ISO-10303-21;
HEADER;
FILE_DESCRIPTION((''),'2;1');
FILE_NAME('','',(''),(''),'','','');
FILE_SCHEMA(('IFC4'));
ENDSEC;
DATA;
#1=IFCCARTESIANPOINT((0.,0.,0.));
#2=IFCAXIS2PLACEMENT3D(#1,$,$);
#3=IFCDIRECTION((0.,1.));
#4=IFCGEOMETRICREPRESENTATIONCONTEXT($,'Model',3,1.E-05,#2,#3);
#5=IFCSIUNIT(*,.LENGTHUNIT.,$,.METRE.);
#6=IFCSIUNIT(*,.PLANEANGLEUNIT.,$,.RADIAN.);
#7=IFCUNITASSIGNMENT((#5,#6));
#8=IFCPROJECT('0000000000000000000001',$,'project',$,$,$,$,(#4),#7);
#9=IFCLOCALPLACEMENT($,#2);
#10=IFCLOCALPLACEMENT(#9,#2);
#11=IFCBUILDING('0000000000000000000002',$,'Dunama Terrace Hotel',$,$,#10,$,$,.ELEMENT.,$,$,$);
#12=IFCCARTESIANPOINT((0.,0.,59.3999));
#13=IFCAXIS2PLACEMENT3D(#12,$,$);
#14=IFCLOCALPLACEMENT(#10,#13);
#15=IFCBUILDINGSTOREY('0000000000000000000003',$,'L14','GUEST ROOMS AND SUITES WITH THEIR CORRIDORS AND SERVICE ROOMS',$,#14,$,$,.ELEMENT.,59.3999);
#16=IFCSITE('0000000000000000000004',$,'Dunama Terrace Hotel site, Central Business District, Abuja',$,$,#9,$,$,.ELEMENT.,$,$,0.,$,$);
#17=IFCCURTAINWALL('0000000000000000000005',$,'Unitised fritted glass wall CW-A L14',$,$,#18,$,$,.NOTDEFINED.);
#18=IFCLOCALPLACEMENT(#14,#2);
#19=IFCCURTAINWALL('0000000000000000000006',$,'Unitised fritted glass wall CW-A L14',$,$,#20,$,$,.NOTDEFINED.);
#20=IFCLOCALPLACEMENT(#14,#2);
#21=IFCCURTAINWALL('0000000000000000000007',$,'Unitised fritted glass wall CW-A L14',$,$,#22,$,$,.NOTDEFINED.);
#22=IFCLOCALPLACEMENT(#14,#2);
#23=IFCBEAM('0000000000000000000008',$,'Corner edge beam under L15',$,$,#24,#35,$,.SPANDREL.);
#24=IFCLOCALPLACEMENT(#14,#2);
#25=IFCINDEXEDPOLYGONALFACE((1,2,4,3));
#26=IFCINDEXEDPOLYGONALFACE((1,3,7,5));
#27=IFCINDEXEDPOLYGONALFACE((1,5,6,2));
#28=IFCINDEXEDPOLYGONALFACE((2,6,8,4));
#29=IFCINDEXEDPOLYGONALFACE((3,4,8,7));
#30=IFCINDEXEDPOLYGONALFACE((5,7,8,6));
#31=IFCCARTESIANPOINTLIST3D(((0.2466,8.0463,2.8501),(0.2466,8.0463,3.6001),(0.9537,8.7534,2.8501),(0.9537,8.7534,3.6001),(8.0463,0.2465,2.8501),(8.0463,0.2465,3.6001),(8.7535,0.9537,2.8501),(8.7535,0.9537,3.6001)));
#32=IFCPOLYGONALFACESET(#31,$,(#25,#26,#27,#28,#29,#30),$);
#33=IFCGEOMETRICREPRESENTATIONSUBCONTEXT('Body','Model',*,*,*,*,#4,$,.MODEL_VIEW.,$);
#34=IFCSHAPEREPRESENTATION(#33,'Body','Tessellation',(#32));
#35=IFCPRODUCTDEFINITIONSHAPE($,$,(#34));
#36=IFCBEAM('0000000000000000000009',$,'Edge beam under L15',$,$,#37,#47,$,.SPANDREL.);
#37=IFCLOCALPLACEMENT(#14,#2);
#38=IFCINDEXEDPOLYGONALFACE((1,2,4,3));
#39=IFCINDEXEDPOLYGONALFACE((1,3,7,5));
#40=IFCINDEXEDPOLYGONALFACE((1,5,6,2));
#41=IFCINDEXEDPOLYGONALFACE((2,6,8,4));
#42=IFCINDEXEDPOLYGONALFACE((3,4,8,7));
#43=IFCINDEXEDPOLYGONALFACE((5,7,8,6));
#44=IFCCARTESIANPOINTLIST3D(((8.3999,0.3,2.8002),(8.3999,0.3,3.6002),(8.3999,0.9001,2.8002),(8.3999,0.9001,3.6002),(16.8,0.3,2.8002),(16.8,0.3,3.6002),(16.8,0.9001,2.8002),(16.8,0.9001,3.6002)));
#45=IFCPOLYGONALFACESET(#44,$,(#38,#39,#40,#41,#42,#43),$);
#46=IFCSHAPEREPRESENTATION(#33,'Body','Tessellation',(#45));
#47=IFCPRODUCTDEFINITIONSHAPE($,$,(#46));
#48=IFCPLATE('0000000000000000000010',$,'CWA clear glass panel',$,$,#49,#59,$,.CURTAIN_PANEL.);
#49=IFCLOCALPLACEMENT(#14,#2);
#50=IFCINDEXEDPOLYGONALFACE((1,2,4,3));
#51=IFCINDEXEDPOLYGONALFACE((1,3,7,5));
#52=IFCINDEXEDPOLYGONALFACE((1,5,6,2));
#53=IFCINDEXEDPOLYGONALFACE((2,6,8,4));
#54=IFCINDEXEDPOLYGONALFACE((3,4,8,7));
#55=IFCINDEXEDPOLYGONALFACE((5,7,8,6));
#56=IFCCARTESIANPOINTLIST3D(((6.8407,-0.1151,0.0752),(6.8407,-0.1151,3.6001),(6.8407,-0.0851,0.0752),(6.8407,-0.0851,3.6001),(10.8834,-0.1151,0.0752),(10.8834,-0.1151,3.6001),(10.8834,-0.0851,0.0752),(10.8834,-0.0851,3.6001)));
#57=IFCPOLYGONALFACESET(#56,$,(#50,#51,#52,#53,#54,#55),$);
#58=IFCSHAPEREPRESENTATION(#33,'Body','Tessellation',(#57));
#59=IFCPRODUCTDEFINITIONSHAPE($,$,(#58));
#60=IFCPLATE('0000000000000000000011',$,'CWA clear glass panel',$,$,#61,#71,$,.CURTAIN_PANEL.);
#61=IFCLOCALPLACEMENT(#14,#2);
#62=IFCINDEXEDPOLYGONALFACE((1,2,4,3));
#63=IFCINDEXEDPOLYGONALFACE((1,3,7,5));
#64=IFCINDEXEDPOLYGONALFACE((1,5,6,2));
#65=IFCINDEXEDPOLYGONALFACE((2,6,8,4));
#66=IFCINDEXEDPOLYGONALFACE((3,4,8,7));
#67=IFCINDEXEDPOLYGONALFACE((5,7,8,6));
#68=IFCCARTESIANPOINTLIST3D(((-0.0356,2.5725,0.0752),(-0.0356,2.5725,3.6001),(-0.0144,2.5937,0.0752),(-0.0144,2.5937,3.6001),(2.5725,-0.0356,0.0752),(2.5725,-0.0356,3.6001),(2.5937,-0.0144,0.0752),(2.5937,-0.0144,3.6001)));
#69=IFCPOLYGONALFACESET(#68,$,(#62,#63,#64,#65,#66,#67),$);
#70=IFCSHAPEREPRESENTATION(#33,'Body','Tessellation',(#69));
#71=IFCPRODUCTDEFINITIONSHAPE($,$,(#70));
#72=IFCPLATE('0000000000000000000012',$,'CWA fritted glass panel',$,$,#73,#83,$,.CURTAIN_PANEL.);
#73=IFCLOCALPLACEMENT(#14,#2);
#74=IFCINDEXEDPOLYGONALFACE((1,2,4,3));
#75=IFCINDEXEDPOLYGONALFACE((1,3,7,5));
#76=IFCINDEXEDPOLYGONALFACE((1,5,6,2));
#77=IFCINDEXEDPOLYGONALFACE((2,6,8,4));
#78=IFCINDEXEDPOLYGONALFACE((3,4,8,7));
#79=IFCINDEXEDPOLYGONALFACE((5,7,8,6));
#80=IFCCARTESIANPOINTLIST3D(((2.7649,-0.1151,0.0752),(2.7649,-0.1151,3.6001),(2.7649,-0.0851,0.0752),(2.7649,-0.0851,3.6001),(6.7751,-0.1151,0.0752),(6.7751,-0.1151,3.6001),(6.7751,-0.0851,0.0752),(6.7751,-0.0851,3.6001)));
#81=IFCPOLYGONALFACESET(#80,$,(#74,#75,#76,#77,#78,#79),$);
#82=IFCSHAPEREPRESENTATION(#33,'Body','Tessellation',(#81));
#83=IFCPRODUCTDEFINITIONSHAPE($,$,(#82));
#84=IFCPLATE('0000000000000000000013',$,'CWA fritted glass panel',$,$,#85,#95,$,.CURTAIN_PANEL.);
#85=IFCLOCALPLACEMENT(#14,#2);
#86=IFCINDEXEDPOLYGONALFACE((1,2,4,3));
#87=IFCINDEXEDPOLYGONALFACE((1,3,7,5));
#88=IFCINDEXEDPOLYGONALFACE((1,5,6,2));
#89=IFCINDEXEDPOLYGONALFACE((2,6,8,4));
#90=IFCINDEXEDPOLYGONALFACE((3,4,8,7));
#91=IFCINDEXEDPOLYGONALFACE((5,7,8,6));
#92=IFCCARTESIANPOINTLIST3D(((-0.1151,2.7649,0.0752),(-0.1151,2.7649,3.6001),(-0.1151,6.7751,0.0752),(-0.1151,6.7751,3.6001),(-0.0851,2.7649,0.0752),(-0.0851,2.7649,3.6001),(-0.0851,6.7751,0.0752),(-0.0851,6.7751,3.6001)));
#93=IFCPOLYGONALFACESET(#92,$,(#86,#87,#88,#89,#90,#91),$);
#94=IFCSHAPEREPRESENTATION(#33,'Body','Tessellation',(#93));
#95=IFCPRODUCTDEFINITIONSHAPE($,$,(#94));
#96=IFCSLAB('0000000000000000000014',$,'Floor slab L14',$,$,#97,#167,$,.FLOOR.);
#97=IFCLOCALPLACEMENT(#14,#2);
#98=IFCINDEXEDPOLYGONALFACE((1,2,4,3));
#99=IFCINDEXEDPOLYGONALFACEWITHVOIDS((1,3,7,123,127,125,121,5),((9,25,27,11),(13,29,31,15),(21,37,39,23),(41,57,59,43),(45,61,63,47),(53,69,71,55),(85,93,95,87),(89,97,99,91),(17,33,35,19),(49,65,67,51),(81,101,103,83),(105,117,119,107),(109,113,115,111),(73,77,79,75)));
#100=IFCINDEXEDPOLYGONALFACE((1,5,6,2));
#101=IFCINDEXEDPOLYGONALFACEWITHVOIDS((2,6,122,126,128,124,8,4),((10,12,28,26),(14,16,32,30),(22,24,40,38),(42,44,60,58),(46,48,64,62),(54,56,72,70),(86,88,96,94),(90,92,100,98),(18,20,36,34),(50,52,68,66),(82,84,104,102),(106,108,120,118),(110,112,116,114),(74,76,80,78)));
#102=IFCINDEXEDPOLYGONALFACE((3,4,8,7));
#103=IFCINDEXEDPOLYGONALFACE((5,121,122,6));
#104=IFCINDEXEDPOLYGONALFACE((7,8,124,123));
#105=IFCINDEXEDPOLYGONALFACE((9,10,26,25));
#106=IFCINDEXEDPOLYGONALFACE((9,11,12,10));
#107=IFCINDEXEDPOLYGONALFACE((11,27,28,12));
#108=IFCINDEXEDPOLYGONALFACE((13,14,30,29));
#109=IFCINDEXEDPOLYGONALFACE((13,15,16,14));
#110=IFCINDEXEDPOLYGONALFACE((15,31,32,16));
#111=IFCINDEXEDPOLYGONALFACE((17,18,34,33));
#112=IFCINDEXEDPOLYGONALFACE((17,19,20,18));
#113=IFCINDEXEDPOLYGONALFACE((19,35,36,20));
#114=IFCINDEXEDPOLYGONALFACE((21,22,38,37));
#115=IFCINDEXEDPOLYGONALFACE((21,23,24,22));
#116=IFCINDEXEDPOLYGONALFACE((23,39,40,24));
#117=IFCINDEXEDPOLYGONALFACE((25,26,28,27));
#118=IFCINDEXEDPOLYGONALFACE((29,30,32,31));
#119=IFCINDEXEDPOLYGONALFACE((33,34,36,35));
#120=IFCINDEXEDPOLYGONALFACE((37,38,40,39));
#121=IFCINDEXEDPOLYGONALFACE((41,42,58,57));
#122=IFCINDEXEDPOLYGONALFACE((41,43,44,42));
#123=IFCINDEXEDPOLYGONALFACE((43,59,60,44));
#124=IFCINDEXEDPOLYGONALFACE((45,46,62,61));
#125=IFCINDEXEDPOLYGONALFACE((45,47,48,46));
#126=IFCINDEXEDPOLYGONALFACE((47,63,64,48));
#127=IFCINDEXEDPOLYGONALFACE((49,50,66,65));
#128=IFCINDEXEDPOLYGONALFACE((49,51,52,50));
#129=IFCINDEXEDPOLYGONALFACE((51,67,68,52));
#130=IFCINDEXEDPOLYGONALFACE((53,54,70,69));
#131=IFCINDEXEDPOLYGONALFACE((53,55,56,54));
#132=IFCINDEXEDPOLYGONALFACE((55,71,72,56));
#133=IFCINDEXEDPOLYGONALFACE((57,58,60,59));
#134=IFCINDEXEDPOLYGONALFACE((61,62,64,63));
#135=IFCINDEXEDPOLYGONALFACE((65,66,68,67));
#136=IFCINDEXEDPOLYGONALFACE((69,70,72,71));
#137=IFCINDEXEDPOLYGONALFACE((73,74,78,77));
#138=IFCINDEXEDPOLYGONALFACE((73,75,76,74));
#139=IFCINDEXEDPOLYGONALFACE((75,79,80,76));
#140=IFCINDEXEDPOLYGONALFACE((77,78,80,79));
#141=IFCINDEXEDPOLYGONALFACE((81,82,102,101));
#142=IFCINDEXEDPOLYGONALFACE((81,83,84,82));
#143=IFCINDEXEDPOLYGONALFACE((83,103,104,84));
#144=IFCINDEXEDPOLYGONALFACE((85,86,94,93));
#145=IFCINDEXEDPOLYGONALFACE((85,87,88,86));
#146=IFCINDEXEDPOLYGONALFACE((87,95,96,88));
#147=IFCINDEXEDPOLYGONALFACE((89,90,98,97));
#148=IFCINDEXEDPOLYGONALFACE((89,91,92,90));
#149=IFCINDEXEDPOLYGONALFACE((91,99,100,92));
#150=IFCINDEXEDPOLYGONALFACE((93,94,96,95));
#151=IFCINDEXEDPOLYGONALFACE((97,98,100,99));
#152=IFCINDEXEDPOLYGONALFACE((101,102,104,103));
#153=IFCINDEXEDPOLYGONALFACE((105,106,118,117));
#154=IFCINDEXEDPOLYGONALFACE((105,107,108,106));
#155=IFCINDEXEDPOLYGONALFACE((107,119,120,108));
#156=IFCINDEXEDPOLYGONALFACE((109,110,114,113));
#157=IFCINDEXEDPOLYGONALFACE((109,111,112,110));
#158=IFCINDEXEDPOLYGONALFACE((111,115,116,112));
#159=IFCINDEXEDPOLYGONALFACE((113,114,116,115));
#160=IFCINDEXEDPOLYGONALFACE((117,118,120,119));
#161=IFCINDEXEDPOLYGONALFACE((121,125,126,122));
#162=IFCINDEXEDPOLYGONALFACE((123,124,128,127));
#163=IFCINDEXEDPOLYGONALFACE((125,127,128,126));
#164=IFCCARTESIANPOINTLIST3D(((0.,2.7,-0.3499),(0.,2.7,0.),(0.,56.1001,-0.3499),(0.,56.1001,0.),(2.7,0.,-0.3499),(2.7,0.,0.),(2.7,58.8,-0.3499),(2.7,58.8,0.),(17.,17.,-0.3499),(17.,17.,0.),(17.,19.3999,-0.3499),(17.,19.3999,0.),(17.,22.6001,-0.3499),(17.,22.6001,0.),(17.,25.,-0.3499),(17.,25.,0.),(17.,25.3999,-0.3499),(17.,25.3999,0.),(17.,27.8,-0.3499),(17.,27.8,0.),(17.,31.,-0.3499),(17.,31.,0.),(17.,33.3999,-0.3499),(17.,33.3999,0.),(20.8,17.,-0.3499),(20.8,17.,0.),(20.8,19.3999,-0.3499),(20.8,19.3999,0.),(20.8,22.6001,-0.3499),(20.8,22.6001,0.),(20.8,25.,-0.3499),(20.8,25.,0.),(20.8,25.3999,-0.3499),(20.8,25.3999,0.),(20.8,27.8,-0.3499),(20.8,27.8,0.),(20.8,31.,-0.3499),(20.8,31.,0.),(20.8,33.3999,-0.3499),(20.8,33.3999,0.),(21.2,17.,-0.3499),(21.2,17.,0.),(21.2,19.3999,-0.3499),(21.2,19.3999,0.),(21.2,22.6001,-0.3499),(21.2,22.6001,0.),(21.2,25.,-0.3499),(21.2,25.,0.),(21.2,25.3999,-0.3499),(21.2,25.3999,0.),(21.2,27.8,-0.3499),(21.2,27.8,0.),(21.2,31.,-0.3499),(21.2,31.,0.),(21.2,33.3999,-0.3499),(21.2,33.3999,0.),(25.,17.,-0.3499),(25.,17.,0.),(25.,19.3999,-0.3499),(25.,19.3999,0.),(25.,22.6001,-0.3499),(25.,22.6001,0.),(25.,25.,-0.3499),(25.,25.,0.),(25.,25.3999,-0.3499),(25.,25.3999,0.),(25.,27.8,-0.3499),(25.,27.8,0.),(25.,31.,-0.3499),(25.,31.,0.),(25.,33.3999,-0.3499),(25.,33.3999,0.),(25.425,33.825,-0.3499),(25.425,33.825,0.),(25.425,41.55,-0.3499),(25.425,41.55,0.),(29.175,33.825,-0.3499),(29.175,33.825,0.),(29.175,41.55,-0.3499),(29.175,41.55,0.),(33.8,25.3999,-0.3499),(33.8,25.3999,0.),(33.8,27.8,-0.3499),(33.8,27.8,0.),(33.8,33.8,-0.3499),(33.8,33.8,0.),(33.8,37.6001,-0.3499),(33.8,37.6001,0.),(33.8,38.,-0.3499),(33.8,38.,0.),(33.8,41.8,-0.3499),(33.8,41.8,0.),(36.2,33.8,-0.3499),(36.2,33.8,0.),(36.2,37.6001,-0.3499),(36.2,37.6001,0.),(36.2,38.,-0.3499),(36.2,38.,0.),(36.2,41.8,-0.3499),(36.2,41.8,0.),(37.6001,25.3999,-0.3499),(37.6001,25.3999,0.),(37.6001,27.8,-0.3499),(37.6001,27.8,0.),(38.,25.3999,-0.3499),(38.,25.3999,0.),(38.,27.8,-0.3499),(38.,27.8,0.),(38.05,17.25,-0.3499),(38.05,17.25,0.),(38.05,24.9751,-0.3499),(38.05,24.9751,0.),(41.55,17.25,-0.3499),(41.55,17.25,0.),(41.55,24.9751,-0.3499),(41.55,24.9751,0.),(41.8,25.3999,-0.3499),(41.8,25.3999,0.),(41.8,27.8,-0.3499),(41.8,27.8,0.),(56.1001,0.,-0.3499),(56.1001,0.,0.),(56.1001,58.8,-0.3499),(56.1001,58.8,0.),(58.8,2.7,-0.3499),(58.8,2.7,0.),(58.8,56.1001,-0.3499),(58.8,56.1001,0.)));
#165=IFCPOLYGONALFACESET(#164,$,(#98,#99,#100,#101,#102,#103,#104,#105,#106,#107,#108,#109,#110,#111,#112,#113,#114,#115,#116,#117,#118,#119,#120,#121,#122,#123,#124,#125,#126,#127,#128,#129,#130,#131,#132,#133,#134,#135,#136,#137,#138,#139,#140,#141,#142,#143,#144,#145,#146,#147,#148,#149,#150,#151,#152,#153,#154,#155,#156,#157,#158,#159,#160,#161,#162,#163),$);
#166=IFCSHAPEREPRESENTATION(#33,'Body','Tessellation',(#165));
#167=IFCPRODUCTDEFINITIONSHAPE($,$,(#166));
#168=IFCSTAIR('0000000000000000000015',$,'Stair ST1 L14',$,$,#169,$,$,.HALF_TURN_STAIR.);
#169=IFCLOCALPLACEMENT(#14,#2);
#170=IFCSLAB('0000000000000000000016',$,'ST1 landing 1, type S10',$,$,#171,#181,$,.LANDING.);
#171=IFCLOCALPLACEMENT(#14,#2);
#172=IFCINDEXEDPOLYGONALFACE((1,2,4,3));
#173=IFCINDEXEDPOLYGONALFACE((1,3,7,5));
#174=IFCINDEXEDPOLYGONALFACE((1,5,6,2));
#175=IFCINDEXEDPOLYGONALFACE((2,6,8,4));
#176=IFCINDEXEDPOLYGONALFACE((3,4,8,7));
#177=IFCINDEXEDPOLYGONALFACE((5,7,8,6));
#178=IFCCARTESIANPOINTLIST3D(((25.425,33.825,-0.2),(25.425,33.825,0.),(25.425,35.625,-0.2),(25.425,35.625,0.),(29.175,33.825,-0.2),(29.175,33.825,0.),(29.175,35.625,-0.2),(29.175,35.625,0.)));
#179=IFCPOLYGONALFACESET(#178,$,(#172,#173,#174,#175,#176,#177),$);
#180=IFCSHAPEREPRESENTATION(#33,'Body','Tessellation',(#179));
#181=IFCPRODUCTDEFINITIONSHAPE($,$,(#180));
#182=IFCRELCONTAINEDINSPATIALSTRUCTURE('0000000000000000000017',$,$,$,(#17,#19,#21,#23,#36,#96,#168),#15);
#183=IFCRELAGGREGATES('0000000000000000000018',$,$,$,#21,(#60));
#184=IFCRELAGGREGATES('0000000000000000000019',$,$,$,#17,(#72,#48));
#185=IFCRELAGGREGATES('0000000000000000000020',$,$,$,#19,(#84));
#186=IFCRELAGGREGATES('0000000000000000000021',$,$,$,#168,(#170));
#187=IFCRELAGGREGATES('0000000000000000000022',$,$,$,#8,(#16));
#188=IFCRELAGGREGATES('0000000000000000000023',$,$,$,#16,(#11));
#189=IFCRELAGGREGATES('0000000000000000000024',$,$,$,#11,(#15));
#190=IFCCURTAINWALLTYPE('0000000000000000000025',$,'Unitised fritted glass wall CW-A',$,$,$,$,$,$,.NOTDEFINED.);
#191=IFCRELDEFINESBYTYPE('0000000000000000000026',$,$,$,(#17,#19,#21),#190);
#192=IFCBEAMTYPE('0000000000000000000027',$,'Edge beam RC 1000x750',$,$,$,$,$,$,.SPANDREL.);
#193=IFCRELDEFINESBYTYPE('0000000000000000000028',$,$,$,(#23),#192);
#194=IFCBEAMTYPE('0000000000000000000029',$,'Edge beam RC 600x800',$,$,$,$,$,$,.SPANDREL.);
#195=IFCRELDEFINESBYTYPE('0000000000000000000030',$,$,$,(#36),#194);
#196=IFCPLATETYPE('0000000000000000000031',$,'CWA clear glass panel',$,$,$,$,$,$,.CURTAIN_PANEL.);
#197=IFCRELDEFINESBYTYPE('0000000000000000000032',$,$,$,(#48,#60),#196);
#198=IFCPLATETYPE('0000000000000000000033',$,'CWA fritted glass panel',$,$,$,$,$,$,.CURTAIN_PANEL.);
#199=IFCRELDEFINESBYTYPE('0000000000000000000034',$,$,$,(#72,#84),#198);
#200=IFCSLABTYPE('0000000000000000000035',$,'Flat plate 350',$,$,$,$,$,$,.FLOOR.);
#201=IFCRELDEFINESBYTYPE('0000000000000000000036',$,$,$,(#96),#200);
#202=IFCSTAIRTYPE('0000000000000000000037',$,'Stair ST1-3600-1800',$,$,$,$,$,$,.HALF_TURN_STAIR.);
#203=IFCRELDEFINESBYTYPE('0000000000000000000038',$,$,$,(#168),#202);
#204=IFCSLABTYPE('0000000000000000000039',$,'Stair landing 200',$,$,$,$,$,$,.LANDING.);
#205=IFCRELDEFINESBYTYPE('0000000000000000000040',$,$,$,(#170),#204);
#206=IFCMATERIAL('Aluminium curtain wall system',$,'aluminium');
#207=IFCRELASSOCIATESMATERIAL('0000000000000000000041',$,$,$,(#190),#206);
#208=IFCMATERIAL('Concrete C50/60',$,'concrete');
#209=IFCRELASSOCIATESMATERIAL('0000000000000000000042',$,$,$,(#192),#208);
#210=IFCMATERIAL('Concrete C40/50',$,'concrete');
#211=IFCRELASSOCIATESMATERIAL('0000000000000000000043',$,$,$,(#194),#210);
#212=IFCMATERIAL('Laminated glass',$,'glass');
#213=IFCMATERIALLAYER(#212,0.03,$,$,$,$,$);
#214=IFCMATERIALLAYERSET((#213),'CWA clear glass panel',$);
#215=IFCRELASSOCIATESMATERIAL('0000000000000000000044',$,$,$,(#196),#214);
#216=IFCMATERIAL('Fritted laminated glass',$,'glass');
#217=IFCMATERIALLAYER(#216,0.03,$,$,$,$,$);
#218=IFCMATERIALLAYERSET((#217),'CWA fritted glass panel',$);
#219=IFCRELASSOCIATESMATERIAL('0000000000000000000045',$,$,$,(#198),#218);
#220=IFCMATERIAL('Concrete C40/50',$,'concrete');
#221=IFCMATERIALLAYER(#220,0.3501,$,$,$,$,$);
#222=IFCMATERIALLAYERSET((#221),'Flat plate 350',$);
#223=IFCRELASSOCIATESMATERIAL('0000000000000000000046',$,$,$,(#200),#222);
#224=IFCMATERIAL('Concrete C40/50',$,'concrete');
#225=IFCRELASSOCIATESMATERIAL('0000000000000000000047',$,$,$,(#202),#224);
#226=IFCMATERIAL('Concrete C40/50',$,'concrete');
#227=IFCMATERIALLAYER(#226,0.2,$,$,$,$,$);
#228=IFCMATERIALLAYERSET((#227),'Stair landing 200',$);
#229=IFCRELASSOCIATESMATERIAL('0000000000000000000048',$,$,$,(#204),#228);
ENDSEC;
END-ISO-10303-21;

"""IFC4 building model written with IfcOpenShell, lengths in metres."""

from ifc_helpers import new_model, si_unit, direction, frame, origin, origin_2d, place, context, subcontext, project, spatial, polyline, rectangle, outline, extrude, material, layer, layer_set, material_profile, profile_set, type_object, element, aggregate, save


model = new_model("IFC4")

# Units and contexts
model_context = context("Model", 3, precision=1e-05, world=origin(), true_north=direction((0.0, 1.0)))
body_context = subcontext(model_context, "Body", "Model", "MODEL_VIEW")
ifc_project = project(units=[si_unit("LENGTHUNIT", "METRE"), si_unit("PLANEANGLEUNIT", "RADIAN")], contexts=[model_context])

# Site, building, storey
site_placement = place(None, origin())
site = spatial("IfcSite", under=ifc_project, at=site_placement, Name="Dunama Terrace Hotel site, Central Business District, Abuja", CompositionType="ELEMENT", RefElevation=0.0)
building_placement = place(site_placement, origin())
building = spatial("IfcBuilding", under=site, at=building_placement, Name="Dunama Terrace Hotel", CompositionType="ELEMENT")
storey_placement = place(building_placement, frame((0.0, 0.0, 59.3999)))
storey = spatial("IfcBuildingStorey", under=building, at=storey_placement, Name="L14", Description="GUEST ROOMS AND SUITES WITH THEIR CORRIDORS AND SERVICE ROOMS", CompositionType="ELEMENT", Elevation=59.3999)

# Curtain walls
ifc_material_1 = material(Name="Aluminium curtain wall system", Category="aluminium")
curtain_wall_type = type_object("IfcCurtainWallType", Name="Unitised fritted glass wall CW-A", PredefinedType="NOTDEFINED", material=ifc_material_1)
curtain_wall_1_placement = place(storey_placement, origin())
curtain_wall_1 = element("IfcCurtainWall", 1, at=curtain_wall_1_placement, inside=storey, type_object=curtain_wall_type, Name="Unitised fritted glass wall CW-A L14", PredefinedType="NOTDEFINED")
curtain_wall_2_placement = place(storey_placement, origin())
curtain_wall_2 = element("IfcCurtainWall", 2, at=curtain_wall_2_placement, inside=storey, type_object=curtain_wall_type, Name="Unitised fritted glass wall CW-A L14", PredefinedType="NOTDEFINED")
curtain_wall_3_placement = place(storey_placement, origin())
curtain_wall_3 = element("IfcCurtainWall", 3, at=curtain_wall_3_placement, inside=storey, type_object=curtain_wall_type, Name="Unitised fritted glass wall CW-A L14", PredefinedType="NOTDEFINED")

# Beams
ifc_material_2 = material(Name="Concrete C50/60", Category="concrete")
ifc_material_profile_1 = material_profile(ifc_material_2, rectangle(XDim=1.0, YDim=0.75, at=origin_2d()), Name="RC 1000x750")
ifc_profile_set_1 = profile_set([ifc_material_profile_1], Name="Concrete C50/60")
beam_type_1 = type_object("IfcBeamType", Name="Edge beam RC 1000x750", PredefinedType="SPANDREL", material=ifc_profile_set_1)
beam_1_placement = place(storey_placement, frame((8.3999, 0.6001, 3.2251), z_axis=(-0.707107, 0.707107, 0.0), x_axis=(-0.707107, -0.707107, 0.0)))
element("IfcBeam", 4, at=beam_1_placement, inside=storey, type_object=beam_type_1, Name="Corner edge beam under L15", PredefinedType="SPANDREL", context=body_context, shape_type="SweptSolid", body=[
    extrude(rectangle(XDim=1.0, YDim=0.75, at=origin_2d()), origin(), (0.0, 0.0, 1.0), 11.0305),
])
ifc_material_3 = material(Name="Concrete C40/50", Category="concrete")
ifc_material_profile_2 = material_profile(ifc_material_3, rectangle(XDim=0.6001, YDim=0.8, at=origin_2d()), Name="RC 600x800")
ifc_profile_set_2 = profile_set([ifc_material_profile_2], Name="Concrete C40/50")
beam_type_2 = type_object("IfcBeamType", Name="Edge beam RC 600x800", PredefinedType="SPANDREL", material=ifc_profile_set_2)
beam_2_placement = place(storey_placement, frame((8.3999, 0.6001, 3.2002), z_axis=(1.0, 0.0, 0.0), x_axis=(0.0, 1.0, 0.0)))
element("IfcBeam", 5, at=beam_2_placement, inside=storey, type_object=beam_type_2, Name="Edge beam under L15", PredefinedType="SPANDREL", context=body_context, shape_type="SweptSolid", body=[
    extrude(rectangle(XDim=0.6001, YDim=0.8, at=origin_2d()), origin(), (0.0, 0.0, 1.0), 8.4001),
])

# Plates
ifc_material_4 = material(Name="Laminated glass", Category="glass")
ifc_layer_1 = layer(ifc_material_4, 0.03)
ifc_layer_set_1 = layer_set([ifc_layer_1], Name="CWA clear glass panel")
plate_type_1 = type_object("IfcPlateType", Name="CWA clear glass panel", PredefinedType="CURTAIN_PANEL", material=ifc_layer_set_1)
plate_1_placement = place(storey_placement, frame((8.8621, -0.1001, 0.0752), z_axis=(0.0, 0.0, 1.0), x_axis=(1.0, 0.0, 0.0)))
plate_1 = element("IfcPlate", 6, at=plate_1_placement, type_object=plate_type_1, Name="CWA clear glass panel", PredefinedType="CURTAIN_PANEL", context=body_context, shape_type="SweptSolid", body=[
    extrude(rectangle(XDim=4.0427, YDim=0.03, at=origin_2d()), origin(), (0.0, 0.0, 1.0), 3.5249),
])
plate_2_placement = place(storey_placement, frame((1.2791, 1.2791, 0.0752), z_axis=(0.0, 0.0, 1.0), x_axis=(0.707107, -0.707107, 0.0)))
plate_2 = element("IfcPlate", 7, at=plate_2_placement, type_object=plate_type_1, Name="CWA clear glass panel", PredefinedType="CURTAIN_PANEL", context=body_context, shape_type="SweptSolid", body=[
    extrude(rectangle(XDim=3.6885, YDim=0.03, at=origin_2d()), origin(), (0.0, 0.0, 1.0), 3.5249),
])
aggregate(curtain_wall_3, [plate_2])
ifc_material_5 = material(Name="Fritted laminated glass", Category="glass")
ifc_layer_2 = layer(ifc_material_5, 0.03)
ifc_layer_set_2 = layer_set([ifc_layer_2], Name="CWA fritted glass panel")
plate_type_2 = type_object("IfcPlateType", Name="CWA fritted glass panel", PredefinedType="CURTAIN_PANEL", material=ifc_layer_set_2)
plate_3_placement = place(storey_placement, frame((4.77, -0.1001, 0.0752), z_axis=(0.0, 0.0, 1.0), x_axis=(1.0, 0.0, 0.0)))
plate_3 = element("IfcPlate", 8, at=plate_3_placement, type_object=plate_type_2, Name="CWA fritted glass panel", PredefinedType="CURTAIN_PANEL", context=body_context, shape_type="SweptSolid", body=[
    extrude(rectangle(XDim=4.0103, YDim=0.03, at=origin_2d()), origin(), (0.0, 0.0, 1.0), 3.5249),
])
aggregate(curtain_wall_1, [plate_3, plate_1])
plate_4_placement = place(storey_placement, frame((-0.1001, 4.77, 0.0752), z_axis=(0.0, 0.0, 1.0), x_axis=(0.0, -1.0, 0.0)))
plate_4 = element("IfcPlate", 9, at=plate_4_placement, type_object=plate_type_2, Name="CWA fritted glass panel", PredefinedType="CURTAIN_PANEL", context=body_context, shape_type="SweptSolid", body=[
    extrude(rectangle(XDim=4.0103, YDim=0.03, at=origin_2d()), origin(), (0.0, 0.0, 1.0), 3.5249),
])
aggregate(curtain_wall_2, [plate_4])

# Slab
ifc_material_6 = material(Name="Concrete C40/50", Category="concrete")
ifc_layer_3 = layer(ifc_material_6, 0.3501)
ifc_layer_set_3 = layer_set([ifc_layer_3], Name="Flat plate 350")
slab_type_1 = type_object("IfcSlabType", Name="Flat plate 350", PredefinedType="FLOOR", material=ifc_layer_set_3)
slab_1_placement = place(storey_placement, frame((0.0, 0.0, -0.3499)))
element("IfcSlab", 10, at=slab_1_placement, inside=storey, type_object=slab_type_1, Name="Floor slab L14", PredefinedType="FLOOR", context=body_context, shape_type="SweptSolid", body=[
    extrude(outline(polyline([(2.7, 0.0), (56.1001, 0.0), (58.8, 2.7), (58.8, 56.1001), (56.1001, 58.8), (2.7, 58.8), (0.0, 56.1001), (0.0, 2.7), (2.7, 0.0)]), holes=[polyline([(20.8, 25.3999), (20.8, 27.8), (17.0, 27.8), (17.0, 25.3999), (20.8, 25.3999)]), polyline([(25.0, 25.3999), (25.0, 27.8), (21.2, 27.8), (21.2, 25.3999), (25.0, 25.3999)]), polyline([(20.8, 31.0), (20.8, 33.3999), (17.0, 33.3999), (17.0, 31.0), (20.8, 31.0)]), polyline([(25.0, 31.0), (25.0, 33.3999), (21.2, 33.3999), (21.2, 31.0), (25.0, 31.0)]), polyline([(37.6001, 25.3999), (37.6001, 27.8), (33.8, 27.8), (33.8, 25.3999), (37.6001, 25.3999)]), polyline([(41.8, 25.3999), (41.8, 27.8), (38.0, 27.8), (38.0, 25.3999), (41.8, 25.3999)]), polyline([(20.8, 17.0), (20.8, 19.3999), (17.0, 19.3999), (17.0, 17.0), (20.8, 17.0)]), polyline([(25.0, 17.0), (25.0, 19.3999), (21.2, 19.3999), (21.2, 17.0), (25.0, 17.0)]), polyline([(20.8, 22.6001), (20.8, 25.0), (17.0, 25.0), (17.0, 22.6001), (20.8, 22.6001)]), polyline([(25.0, 22.6001), (25.0, 25.0), (21.2, 25.0), (21.2, 22.6001), (25.0, 22.6001)]), polyline([(36.2, 38.0), (36.2, 41.8), (33.8, 41.8), (33.8, 38.0), (36.2, 38.0)]), polyline([(36.2, 33.8), (36.2, 37.6001), (33.8, 37.6001), (33.8, 33.8), (36.2, 33.8)]), polyline([(29.175, 33.825), (29.175, 41.55), (25.425, 41.55), (25.425, 33.825), (29.175, 33.825)]), polyline([(41.55, 17.25), (41.55, 24.9751), (38.05, 24.9751), (38.05, 17.25), (41.55, 17.25)])]), origin(), (0.0, 0.0, 1.0), 0.3499),
])

# Stair, slab
ifc_material_7 = material(Name="Concrete C40/50", Category="concrete")
stair_type_1 = type_object("IfcStairType", Name="Stair ST1-3600-1800", PredefinedType="HALF_TURN_STAIR", material=ifc_material_7)
stair_1_placement = place(storey_placement, origin())
stair_1 = element("IfcStair", 11, at=stair_1_placement, inside=storey, type_object=stair_type_1, Name="Stair ST1 L14", PredefinedType="HALF_TURN_STAIR")
ifc_material_8 = material(Name="Concrete C40/50", Category="concrete")
ifc_layer_4 = layer(ifc_material_8, 0.2)
ifc_layer_set_4 = layer_set([ifc_layer_4], Name="Stair landing 200")
slab_type_2 = type_object("IfcSlabType", Name="Stair landing 200", PredefinedType="LANDING", material=ifc_layer_set_4)
slab_2_placement = place(storey_placement, frame((0.0, 0.0, -0.2)))
slab_2 = element("IfcSlab", 12, at=slab_2_placement, type_object=slab_type_2, Name="ST1 landing 1, type S10", PredefinedType="LANDING", context=body_context, shape_type="SweptSolid", body=[
    extrude(outline(polyline([(25.425, 33.825), (29.175, 33.825), (29.175, 35.625), (25.425, 35.625), (25.425, 33.825)])), origin(), (0.0, 0.0, 1.0), 0.2),
])
aggregate(stair_1, [slab_2])

save(model, "model.ifc")
